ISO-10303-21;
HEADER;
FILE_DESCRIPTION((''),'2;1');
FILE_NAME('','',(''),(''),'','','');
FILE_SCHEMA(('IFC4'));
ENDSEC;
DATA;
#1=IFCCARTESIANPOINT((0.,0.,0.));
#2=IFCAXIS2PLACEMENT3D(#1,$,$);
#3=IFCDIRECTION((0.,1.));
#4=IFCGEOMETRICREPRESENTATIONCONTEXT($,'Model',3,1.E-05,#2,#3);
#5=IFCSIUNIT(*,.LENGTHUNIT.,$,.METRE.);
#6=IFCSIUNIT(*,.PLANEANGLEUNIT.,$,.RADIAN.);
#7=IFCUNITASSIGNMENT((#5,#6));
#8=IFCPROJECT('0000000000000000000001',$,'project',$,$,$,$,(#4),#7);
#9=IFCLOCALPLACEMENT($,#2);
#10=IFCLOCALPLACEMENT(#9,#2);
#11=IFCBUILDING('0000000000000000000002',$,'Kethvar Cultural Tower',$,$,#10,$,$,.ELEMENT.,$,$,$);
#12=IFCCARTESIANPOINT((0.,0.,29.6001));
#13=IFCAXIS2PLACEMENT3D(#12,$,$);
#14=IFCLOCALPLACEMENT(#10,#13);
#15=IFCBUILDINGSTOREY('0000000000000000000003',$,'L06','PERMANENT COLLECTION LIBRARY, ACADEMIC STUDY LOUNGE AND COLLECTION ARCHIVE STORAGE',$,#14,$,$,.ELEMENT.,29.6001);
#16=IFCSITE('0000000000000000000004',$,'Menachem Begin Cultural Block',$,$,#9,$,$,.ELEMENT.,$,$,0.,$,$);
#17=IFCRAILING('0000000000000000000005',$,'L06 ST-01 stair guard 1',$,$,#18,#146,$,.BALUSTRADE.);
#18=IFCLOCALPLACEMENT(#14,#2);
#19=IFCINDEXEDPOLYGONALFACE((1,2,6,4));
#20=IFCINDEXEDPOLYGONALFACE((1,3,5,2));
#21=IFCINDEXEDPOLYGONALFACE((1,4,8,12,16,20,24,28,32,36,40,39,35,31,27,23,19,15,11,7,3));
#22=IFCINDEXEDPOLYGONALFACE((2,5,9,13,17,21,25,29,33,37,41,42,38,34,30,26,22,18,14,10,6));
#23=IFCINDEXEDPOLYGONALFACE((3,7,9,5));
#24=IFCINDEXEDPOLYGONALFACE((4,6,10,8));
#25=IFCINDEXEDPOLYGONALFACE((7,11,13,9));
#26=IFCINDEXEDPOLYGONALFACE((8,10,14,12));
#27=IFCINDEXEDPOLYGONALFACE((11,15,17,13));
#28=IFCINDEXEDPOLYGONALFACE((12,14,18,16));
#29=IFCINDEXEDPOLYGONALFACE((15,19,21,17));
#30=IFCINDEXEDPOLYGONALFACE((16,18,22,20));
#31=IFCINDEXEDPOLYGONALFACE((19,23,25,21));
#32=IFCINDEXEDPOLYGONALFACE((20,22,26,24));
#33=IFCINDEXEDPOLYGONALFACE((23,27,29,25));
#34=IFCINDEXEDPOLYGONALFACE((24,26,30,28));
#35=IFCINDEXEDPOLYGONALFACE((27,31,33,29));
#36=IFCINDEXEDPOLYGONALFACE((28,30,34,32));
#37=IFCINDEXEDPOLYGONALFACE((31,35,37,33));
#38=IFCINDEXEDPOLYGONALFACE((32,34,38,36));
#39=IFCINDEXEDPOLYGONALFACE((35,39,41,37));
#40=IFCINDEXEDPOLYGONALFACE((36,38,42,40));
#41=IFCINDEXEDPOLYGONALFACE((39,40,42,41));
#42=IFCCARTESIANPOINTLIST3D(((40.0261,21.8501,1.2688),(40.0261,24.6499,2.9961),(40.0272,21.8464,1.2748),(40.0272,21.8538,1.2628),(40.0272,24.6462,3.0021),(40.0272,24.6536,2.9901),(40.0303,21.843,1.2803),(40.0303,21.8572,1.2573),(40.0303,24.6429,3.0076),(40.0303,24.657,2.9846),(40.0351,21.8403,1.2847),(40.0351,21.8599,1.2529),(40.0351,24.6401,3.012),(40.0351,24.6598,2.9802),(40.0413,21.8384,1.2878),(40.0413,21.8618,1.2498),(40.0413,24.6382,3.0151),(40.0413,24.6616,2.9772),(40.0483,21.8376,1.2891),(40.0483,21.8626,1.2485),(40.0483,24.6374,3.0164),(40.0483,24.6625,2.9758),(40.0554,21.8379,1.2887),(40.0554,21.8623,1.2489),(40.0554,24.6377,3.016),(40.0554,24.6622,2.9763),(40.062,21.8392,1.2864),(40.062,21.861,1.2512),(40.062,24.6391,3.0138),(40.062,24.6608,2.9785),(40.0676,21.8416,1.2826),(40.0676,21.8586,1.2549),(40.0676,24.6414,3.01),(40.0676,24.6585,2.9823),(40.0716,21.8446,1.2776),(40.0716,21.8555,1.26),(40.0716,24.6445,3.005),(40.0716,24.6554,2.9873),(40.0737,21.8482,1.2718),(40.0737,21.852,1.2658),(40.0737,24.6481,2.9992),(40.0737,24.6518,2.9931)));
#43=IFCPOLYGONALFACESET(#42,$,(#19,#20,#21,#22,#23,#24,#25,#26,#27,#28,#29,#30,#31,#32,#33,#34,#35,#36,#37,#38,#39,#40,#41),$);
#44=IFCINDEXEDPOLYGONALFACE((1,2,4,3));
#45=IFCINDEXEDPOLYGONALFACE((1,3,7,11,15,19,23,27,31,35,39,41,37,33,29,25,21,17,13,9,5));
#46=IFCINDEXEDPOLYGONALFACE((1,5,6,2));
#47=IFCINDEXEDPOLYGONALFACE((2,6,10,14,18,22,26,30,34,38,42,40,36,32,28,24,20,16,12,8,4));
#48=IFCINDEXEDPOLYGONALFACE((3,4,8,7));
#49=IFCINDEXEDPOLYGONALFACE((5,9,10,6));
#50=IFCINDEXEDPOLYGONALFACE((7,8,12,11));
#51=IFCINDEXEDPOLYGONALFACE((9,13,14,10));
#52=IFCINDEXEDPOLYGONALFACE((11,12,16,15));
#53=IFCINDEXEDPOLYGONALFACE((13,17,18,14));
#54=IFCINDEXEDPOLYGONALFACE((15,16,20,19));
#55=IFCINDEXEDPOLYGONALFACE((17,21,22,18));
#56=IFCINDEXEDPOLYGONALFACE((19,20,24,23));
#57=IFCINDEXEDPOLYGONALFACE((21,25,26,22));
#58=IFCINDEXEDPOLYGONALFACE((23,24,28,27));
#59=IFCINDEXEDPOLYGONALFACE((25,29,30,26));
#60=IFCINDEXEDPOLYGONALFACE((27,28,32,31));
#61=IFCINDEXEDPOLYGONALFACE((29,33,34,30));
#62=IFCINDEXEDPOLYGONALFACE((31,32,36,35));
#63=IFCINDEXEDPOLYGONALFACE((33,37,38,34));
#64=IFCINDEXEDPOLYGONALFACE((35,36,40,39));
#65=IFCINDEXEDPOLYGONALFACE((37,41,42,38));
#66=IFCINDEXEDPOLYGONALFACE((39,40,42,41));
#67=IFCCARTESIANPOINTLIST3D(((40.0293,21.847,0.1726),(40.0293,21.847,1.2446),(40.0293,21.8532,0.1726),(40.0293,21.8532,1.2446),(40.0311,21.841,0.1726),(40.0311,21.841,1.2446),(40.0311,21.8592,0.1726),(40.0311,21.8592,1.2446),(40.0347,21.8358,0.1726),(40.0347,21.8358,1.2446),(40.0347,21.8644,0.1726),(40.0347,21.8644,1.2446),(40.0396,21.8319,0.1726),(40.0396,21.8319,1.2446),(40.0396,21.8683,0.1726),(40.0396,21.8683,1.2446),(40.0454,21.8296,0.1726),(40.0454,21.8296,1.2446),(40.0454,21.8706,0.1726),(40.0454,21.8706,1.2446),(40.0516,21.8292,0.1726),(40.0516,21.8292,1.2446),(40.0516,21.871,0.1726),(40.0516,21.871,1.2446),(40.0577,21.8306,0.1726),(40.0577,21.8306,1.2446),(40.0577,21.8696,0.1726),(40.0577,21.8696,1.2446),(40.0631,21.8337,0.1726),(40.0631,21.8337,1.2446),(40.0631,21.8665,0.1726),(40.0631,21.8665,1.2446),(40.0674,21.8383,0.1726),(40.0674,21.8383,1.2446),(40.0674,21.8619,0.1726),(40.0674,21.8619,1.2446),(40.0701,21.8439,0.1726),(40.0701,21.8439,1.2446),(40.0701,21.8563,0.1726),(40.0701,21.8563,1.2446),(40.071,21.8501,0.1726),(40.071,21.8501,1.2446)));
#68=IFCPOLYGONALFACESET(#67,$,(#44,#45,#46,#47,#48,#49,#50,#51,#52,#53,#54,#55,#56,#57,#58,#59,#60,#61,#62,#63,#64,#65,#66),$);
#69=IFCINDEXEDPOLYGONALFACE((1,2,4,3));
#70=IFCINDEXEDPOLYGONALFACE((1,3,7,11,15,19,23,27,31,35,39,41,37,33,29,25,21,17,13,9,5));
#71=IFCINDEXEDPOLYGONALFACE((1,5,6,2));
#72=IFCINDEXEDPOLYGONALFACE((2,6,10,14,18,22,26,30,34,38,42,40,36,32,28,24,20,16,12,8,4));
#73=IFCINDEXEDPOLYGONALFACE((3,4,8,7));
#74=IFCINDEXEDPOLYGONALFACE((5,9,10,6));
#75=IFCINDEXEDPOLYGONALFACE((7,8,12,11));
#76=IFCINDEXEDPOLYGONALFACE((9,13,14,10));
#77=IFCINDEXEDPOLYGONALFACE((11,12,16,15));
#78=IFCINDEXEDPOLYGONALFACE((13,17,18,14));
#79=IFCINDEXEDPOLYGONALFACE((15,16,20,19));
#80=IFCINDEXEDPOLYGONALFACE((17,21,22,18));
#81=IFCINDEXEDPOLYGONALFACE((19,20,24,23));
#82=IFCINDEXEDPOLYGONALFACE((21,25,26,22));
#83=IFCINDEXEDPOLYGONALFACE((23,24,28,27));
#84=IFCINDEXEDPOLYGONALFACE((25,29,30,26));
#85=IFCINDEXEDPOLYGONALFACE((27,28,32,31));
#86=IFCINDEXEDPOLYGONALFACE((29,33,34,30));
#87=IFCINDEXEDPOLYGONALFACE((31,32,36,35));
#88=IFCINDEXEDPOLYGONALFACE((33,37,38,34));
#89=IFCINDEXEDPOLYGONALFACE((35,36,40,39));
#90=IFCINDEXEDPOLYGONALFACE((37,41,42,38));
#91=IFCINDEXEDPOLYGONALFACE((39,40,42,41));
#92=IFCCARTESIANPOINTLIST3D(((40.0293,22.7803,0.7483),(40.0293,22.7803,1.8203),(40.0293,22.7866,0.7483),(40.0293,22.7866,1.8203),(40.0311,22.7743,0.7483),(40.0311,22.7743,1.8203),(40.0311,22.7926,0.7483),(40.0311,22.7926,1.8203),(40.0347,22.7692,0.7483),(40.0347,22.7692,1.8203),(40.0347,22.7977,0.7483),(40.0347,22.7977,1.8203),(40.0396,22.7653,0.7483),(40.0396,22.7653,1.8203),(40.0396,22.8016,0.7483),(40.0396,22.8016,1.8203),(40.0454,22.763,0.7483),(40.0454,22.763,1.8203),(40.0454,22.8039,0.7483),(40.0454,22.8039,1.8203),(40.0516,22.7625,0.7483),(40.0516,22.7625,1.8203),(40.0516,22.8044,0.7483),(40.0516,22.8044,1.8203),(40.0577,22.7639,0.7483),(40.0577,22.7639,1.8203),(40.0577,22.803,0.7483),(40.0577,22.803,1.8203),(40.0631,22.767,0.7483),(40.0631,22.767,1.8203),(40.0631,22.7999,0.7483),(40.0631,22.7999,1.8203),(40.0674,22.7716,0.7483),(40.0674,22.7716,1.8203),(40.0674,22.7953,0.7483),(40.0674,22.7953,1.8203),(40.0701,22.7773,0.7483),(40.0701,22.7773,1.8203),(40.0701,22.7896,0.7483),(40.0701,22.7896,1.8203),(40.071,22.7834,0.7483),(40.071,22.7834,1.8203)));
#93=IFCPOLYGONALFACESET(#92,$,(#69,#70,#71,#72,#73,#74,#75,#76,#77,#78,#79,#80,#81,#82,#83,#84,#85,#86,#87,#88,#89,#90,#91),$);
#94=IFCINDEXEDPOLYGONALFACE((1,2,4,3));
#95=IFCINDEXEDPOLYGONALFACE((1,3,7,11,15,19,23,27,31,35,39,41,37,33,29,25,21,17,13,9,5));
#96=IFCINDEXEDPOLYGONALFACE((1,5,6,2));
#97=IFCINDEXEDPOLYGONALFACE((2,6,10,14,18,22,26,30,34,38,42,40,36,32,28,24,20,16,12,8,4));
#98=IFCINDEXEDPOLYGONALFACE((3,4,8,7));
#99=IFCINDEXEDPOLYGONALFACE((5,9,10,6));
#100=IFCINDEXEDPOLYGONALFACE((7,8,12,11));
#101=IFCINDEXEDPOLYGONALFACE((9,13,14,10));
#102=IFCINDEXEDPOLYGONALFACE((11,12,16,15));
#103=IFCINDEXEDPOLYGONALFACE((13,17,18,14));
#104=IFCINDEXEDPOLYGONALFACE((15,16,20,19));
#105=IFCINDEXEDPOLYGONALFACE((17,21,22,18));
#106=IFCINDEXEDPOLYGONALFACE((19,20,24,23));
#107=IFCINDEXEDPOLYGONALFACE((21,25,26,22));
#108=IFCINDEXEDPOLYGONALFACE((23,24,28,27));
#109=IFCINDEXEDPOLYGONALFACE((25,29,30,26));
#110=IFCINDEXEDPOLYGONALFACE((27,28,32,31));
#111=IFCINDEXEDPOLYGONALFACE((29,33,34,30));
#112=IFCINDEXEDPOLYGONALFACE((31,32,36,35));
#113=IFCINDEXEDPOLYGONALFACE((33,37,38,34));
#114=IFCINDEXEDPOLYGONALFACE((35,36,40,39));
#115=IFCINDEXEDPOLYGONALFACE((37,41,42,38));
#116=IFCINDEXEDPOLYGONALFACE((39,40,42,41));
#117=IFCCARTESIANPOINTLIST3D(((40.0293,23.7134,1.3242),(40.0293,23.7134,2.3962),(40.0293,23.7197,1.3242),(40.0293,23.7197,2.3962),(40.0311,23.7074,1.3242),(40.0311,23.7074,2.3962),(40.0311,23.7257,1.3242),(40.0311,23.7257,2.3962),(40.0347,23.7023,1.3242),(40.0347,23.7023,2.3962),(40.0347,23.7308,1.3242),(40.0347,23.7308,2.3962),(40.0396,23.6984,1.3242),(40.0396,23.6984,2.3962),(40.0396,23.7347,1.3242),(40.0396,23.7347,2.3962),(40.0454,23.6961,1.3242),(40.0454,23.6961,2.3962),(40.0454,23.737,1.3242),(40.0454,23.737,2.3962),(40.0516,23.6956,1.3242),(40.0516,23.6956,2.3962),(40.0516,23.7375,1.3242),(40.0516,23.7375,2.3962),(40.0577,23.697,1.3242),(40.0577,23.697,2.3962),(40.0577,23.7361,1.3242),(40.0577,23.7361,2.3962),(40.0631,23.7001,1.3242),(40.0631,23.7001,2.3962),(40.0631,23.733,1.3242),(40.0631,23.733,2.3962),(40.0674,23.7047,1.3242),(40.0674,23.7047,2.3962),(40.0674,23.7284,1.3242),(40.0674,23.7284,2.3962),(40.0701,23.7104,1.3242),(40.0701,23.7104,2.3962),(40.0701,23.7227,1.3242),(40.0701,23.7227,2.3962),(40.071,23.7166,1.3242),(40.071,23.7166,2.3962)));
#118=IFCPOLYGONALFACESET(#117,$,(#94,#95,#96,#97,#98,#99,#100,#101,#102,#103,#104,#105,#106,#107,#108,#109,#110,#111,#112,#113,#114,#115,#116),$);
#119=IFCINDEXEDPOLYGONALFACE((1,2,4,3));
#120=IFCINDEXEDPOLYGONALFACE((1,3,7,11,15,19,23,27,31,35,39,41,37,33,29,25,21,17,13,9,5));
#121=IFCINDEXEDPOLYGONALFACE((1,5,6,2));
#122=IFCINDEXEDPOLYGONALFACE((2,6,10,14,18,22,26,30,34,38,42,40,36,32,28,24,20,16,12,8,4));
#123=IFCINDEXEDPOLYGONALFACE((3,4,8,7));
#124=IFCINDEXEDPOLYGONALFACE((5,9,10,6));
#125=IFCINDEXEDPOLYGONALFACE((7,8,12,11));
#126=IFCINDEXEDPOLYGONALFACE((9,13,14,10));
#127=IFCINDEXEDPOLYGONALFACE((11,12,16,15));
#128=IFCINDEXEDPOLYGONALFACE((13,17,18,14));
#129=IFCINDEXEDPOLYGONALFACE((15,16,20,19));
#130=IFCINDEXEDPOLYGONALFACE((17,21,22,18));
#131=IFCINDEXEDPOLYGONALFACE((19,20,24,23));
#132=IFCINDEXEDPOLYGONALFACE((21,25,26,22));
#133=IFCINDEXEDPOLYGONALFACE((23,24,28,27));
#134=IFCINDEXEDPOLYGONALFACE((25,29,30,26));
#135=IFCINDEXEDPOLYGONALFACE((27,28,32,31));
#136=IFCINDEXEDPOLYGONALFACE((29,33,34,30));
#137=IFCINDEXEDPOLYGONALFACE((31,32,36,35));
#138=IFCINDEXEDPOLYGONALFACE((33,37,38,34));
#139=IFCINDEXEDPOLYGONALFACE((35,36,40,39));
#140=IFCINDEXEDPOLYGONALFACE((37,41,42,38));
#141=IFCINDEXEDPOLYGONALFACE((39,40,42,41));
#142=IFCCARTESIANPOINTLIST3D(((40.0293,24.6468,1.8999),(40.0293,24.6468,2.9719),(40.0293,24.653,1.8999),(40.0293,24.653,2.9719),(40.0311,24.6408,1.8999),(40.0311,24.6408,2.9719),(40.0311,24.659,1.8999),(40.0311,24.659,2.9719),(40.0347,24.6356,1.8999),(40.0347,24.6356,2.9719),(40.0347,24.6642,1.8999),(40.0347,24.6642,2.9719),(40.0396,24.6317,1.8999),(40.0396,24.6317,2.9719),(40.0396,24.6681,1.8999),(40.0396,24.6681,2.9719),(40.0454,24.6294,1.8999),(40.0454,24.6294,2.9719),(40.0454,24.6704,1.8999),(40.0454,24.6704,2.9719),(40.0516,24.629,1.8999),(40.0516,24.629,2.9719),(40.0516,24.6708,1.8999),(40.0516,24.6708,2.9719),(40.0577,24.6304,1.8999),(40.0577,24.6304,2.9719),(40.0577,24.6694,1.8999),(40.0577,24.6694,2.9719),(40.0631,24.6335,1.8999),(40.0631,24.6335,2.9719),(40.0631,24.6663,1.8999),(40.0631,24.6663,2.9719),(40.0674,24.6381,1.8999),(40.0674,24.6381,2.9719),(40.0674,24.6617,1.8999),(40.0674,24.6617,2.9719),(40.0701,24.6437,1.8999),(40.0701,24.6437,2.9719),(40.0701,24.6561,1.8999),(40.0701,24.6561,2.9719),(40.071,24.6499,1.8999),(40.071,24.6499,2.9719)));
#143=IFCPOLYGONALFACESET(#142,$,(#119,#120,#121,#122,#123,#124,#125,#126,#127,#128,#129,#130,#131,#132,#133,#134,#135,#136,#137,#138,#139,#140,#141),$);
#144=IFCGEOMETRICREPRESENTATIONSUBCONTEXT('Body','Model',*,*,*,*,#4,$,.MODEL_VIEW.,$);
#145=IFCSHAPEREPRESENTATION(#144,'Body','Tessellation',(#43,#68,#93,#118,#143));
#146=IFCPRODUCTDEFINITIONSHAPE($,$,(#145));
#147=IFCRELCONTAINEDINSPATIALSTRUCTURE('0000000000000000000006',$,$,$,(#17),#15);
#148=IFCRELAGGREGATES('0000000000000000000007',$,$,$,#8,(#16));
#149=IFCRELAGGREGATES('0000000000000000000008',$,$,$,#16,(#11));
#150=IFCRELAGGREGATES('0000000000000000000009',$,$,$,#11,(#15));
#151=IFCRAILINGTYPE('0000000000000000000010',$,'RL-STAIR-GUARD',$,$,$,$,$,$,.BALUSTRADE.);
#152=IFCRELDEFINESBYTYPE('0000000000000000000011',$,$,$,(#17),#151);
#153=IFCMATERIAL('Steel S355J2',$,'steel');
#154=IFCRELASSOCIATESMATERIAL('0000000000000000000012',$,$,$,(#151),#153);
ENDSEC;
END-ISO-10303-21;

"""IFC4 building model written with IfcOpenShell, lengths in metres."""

from ifc_helpers import new_model, si_unit, direction, frame, origin, origin_2d, place, context, subcontext, project, spatial, circle, extrude, material, type_object, element, save


model = new_model("IFC4")

# Units and contexts
model_context = context("Model", 3, precision=1e-05, world=origin(), true_north=direction((0.0, 1.0)))
body_context = subcontext(model_context, "Body", "Model", "MODEL_VIEW")
ifc_project = project(units=[si_unit("LENGTHUNIT", "METRE"), si_unit("PLANEANGLEUNIT", "RADIAN")], contexts=[model_context])

# Site, building, storey
site_placement = place(None, origin())
site = spatial("IfcSite", under=ifc_project, at=site_placement, Name="Menachem Begin Cultural Block", CompositionType="ELEMENT", RefElevation=0.0)
building_placement = place(site_placement, origin())
building = spatial("IfcBuilding", under=site, at=building_placement, Name="Kethvar Cultural Tower", CompositionType="ELEMENT")
storey_placement = place(building_placement, frame((0.0, 0.0, 29.6001)))
storey = spatial("IfcBuildingStorey", under=building, at=storey_placement, Name="L06", Description="PERMANENT COLLECTION LIBRARY, ACADEMIC STUDY LOUNGE AND COLLECTION ARCHIVE STORAGE", CompositionType="ELEMENT", Elevation=29.6001)

# Shared definitions
ifc_material_1 = material(Name="Steel S355J2", Category="steel")

# Railing
railing_type_1 = type_object("IfcRailingType", Name="RL-STAIR-GUARD", PredefinedType="BALUSTRADE", material=ifc_material_1)
railing_1_placement = place(storey_placement, frame((40.05, 21.8501, 0.1726)))
element("IfcRailing", 1, at=railing_1_placement, inside=storey, type_object=railing_type_1, Name="L06 ST-01 stair guard 1", PredefinedType="BALUSTRADE", context=body_context, shape_type="SweptSolid", body=[
    extrude(circle(Radius=0.0239, at=origin_2d()), frame((0.0, 0.0, 1.0962), z_axis=(0.0, 0.851069, 0.525054), x_axis=(-1.0, 0.0, 0.0)), (0.0, 0.0, 1.0), 3.2898),
    extrude(circle(Radius=0.021, at=origin_2d()), origin(), (0.0, 0.0, 1.0), 1.072),
    extrude(circle(Radius=0.021, at=origin_2d()), frame((0.0, 0.9333, 0.5757)), (0.0, 0.0, 1.0), 1.072),
    extrude(circle(Radius=0.021, at=origin_2d()), frame((0.0, 1.8665, 1.1516)), (0.0, 0.0, 1.0), 1.072),
    extrude(circle(Radius=0.021, at=origin_2d()), frame((0.0, 2.7998, 1.7273)), (0.0, 0.0, 1.0), 1.072),
])

save(model, "model.ifc")
